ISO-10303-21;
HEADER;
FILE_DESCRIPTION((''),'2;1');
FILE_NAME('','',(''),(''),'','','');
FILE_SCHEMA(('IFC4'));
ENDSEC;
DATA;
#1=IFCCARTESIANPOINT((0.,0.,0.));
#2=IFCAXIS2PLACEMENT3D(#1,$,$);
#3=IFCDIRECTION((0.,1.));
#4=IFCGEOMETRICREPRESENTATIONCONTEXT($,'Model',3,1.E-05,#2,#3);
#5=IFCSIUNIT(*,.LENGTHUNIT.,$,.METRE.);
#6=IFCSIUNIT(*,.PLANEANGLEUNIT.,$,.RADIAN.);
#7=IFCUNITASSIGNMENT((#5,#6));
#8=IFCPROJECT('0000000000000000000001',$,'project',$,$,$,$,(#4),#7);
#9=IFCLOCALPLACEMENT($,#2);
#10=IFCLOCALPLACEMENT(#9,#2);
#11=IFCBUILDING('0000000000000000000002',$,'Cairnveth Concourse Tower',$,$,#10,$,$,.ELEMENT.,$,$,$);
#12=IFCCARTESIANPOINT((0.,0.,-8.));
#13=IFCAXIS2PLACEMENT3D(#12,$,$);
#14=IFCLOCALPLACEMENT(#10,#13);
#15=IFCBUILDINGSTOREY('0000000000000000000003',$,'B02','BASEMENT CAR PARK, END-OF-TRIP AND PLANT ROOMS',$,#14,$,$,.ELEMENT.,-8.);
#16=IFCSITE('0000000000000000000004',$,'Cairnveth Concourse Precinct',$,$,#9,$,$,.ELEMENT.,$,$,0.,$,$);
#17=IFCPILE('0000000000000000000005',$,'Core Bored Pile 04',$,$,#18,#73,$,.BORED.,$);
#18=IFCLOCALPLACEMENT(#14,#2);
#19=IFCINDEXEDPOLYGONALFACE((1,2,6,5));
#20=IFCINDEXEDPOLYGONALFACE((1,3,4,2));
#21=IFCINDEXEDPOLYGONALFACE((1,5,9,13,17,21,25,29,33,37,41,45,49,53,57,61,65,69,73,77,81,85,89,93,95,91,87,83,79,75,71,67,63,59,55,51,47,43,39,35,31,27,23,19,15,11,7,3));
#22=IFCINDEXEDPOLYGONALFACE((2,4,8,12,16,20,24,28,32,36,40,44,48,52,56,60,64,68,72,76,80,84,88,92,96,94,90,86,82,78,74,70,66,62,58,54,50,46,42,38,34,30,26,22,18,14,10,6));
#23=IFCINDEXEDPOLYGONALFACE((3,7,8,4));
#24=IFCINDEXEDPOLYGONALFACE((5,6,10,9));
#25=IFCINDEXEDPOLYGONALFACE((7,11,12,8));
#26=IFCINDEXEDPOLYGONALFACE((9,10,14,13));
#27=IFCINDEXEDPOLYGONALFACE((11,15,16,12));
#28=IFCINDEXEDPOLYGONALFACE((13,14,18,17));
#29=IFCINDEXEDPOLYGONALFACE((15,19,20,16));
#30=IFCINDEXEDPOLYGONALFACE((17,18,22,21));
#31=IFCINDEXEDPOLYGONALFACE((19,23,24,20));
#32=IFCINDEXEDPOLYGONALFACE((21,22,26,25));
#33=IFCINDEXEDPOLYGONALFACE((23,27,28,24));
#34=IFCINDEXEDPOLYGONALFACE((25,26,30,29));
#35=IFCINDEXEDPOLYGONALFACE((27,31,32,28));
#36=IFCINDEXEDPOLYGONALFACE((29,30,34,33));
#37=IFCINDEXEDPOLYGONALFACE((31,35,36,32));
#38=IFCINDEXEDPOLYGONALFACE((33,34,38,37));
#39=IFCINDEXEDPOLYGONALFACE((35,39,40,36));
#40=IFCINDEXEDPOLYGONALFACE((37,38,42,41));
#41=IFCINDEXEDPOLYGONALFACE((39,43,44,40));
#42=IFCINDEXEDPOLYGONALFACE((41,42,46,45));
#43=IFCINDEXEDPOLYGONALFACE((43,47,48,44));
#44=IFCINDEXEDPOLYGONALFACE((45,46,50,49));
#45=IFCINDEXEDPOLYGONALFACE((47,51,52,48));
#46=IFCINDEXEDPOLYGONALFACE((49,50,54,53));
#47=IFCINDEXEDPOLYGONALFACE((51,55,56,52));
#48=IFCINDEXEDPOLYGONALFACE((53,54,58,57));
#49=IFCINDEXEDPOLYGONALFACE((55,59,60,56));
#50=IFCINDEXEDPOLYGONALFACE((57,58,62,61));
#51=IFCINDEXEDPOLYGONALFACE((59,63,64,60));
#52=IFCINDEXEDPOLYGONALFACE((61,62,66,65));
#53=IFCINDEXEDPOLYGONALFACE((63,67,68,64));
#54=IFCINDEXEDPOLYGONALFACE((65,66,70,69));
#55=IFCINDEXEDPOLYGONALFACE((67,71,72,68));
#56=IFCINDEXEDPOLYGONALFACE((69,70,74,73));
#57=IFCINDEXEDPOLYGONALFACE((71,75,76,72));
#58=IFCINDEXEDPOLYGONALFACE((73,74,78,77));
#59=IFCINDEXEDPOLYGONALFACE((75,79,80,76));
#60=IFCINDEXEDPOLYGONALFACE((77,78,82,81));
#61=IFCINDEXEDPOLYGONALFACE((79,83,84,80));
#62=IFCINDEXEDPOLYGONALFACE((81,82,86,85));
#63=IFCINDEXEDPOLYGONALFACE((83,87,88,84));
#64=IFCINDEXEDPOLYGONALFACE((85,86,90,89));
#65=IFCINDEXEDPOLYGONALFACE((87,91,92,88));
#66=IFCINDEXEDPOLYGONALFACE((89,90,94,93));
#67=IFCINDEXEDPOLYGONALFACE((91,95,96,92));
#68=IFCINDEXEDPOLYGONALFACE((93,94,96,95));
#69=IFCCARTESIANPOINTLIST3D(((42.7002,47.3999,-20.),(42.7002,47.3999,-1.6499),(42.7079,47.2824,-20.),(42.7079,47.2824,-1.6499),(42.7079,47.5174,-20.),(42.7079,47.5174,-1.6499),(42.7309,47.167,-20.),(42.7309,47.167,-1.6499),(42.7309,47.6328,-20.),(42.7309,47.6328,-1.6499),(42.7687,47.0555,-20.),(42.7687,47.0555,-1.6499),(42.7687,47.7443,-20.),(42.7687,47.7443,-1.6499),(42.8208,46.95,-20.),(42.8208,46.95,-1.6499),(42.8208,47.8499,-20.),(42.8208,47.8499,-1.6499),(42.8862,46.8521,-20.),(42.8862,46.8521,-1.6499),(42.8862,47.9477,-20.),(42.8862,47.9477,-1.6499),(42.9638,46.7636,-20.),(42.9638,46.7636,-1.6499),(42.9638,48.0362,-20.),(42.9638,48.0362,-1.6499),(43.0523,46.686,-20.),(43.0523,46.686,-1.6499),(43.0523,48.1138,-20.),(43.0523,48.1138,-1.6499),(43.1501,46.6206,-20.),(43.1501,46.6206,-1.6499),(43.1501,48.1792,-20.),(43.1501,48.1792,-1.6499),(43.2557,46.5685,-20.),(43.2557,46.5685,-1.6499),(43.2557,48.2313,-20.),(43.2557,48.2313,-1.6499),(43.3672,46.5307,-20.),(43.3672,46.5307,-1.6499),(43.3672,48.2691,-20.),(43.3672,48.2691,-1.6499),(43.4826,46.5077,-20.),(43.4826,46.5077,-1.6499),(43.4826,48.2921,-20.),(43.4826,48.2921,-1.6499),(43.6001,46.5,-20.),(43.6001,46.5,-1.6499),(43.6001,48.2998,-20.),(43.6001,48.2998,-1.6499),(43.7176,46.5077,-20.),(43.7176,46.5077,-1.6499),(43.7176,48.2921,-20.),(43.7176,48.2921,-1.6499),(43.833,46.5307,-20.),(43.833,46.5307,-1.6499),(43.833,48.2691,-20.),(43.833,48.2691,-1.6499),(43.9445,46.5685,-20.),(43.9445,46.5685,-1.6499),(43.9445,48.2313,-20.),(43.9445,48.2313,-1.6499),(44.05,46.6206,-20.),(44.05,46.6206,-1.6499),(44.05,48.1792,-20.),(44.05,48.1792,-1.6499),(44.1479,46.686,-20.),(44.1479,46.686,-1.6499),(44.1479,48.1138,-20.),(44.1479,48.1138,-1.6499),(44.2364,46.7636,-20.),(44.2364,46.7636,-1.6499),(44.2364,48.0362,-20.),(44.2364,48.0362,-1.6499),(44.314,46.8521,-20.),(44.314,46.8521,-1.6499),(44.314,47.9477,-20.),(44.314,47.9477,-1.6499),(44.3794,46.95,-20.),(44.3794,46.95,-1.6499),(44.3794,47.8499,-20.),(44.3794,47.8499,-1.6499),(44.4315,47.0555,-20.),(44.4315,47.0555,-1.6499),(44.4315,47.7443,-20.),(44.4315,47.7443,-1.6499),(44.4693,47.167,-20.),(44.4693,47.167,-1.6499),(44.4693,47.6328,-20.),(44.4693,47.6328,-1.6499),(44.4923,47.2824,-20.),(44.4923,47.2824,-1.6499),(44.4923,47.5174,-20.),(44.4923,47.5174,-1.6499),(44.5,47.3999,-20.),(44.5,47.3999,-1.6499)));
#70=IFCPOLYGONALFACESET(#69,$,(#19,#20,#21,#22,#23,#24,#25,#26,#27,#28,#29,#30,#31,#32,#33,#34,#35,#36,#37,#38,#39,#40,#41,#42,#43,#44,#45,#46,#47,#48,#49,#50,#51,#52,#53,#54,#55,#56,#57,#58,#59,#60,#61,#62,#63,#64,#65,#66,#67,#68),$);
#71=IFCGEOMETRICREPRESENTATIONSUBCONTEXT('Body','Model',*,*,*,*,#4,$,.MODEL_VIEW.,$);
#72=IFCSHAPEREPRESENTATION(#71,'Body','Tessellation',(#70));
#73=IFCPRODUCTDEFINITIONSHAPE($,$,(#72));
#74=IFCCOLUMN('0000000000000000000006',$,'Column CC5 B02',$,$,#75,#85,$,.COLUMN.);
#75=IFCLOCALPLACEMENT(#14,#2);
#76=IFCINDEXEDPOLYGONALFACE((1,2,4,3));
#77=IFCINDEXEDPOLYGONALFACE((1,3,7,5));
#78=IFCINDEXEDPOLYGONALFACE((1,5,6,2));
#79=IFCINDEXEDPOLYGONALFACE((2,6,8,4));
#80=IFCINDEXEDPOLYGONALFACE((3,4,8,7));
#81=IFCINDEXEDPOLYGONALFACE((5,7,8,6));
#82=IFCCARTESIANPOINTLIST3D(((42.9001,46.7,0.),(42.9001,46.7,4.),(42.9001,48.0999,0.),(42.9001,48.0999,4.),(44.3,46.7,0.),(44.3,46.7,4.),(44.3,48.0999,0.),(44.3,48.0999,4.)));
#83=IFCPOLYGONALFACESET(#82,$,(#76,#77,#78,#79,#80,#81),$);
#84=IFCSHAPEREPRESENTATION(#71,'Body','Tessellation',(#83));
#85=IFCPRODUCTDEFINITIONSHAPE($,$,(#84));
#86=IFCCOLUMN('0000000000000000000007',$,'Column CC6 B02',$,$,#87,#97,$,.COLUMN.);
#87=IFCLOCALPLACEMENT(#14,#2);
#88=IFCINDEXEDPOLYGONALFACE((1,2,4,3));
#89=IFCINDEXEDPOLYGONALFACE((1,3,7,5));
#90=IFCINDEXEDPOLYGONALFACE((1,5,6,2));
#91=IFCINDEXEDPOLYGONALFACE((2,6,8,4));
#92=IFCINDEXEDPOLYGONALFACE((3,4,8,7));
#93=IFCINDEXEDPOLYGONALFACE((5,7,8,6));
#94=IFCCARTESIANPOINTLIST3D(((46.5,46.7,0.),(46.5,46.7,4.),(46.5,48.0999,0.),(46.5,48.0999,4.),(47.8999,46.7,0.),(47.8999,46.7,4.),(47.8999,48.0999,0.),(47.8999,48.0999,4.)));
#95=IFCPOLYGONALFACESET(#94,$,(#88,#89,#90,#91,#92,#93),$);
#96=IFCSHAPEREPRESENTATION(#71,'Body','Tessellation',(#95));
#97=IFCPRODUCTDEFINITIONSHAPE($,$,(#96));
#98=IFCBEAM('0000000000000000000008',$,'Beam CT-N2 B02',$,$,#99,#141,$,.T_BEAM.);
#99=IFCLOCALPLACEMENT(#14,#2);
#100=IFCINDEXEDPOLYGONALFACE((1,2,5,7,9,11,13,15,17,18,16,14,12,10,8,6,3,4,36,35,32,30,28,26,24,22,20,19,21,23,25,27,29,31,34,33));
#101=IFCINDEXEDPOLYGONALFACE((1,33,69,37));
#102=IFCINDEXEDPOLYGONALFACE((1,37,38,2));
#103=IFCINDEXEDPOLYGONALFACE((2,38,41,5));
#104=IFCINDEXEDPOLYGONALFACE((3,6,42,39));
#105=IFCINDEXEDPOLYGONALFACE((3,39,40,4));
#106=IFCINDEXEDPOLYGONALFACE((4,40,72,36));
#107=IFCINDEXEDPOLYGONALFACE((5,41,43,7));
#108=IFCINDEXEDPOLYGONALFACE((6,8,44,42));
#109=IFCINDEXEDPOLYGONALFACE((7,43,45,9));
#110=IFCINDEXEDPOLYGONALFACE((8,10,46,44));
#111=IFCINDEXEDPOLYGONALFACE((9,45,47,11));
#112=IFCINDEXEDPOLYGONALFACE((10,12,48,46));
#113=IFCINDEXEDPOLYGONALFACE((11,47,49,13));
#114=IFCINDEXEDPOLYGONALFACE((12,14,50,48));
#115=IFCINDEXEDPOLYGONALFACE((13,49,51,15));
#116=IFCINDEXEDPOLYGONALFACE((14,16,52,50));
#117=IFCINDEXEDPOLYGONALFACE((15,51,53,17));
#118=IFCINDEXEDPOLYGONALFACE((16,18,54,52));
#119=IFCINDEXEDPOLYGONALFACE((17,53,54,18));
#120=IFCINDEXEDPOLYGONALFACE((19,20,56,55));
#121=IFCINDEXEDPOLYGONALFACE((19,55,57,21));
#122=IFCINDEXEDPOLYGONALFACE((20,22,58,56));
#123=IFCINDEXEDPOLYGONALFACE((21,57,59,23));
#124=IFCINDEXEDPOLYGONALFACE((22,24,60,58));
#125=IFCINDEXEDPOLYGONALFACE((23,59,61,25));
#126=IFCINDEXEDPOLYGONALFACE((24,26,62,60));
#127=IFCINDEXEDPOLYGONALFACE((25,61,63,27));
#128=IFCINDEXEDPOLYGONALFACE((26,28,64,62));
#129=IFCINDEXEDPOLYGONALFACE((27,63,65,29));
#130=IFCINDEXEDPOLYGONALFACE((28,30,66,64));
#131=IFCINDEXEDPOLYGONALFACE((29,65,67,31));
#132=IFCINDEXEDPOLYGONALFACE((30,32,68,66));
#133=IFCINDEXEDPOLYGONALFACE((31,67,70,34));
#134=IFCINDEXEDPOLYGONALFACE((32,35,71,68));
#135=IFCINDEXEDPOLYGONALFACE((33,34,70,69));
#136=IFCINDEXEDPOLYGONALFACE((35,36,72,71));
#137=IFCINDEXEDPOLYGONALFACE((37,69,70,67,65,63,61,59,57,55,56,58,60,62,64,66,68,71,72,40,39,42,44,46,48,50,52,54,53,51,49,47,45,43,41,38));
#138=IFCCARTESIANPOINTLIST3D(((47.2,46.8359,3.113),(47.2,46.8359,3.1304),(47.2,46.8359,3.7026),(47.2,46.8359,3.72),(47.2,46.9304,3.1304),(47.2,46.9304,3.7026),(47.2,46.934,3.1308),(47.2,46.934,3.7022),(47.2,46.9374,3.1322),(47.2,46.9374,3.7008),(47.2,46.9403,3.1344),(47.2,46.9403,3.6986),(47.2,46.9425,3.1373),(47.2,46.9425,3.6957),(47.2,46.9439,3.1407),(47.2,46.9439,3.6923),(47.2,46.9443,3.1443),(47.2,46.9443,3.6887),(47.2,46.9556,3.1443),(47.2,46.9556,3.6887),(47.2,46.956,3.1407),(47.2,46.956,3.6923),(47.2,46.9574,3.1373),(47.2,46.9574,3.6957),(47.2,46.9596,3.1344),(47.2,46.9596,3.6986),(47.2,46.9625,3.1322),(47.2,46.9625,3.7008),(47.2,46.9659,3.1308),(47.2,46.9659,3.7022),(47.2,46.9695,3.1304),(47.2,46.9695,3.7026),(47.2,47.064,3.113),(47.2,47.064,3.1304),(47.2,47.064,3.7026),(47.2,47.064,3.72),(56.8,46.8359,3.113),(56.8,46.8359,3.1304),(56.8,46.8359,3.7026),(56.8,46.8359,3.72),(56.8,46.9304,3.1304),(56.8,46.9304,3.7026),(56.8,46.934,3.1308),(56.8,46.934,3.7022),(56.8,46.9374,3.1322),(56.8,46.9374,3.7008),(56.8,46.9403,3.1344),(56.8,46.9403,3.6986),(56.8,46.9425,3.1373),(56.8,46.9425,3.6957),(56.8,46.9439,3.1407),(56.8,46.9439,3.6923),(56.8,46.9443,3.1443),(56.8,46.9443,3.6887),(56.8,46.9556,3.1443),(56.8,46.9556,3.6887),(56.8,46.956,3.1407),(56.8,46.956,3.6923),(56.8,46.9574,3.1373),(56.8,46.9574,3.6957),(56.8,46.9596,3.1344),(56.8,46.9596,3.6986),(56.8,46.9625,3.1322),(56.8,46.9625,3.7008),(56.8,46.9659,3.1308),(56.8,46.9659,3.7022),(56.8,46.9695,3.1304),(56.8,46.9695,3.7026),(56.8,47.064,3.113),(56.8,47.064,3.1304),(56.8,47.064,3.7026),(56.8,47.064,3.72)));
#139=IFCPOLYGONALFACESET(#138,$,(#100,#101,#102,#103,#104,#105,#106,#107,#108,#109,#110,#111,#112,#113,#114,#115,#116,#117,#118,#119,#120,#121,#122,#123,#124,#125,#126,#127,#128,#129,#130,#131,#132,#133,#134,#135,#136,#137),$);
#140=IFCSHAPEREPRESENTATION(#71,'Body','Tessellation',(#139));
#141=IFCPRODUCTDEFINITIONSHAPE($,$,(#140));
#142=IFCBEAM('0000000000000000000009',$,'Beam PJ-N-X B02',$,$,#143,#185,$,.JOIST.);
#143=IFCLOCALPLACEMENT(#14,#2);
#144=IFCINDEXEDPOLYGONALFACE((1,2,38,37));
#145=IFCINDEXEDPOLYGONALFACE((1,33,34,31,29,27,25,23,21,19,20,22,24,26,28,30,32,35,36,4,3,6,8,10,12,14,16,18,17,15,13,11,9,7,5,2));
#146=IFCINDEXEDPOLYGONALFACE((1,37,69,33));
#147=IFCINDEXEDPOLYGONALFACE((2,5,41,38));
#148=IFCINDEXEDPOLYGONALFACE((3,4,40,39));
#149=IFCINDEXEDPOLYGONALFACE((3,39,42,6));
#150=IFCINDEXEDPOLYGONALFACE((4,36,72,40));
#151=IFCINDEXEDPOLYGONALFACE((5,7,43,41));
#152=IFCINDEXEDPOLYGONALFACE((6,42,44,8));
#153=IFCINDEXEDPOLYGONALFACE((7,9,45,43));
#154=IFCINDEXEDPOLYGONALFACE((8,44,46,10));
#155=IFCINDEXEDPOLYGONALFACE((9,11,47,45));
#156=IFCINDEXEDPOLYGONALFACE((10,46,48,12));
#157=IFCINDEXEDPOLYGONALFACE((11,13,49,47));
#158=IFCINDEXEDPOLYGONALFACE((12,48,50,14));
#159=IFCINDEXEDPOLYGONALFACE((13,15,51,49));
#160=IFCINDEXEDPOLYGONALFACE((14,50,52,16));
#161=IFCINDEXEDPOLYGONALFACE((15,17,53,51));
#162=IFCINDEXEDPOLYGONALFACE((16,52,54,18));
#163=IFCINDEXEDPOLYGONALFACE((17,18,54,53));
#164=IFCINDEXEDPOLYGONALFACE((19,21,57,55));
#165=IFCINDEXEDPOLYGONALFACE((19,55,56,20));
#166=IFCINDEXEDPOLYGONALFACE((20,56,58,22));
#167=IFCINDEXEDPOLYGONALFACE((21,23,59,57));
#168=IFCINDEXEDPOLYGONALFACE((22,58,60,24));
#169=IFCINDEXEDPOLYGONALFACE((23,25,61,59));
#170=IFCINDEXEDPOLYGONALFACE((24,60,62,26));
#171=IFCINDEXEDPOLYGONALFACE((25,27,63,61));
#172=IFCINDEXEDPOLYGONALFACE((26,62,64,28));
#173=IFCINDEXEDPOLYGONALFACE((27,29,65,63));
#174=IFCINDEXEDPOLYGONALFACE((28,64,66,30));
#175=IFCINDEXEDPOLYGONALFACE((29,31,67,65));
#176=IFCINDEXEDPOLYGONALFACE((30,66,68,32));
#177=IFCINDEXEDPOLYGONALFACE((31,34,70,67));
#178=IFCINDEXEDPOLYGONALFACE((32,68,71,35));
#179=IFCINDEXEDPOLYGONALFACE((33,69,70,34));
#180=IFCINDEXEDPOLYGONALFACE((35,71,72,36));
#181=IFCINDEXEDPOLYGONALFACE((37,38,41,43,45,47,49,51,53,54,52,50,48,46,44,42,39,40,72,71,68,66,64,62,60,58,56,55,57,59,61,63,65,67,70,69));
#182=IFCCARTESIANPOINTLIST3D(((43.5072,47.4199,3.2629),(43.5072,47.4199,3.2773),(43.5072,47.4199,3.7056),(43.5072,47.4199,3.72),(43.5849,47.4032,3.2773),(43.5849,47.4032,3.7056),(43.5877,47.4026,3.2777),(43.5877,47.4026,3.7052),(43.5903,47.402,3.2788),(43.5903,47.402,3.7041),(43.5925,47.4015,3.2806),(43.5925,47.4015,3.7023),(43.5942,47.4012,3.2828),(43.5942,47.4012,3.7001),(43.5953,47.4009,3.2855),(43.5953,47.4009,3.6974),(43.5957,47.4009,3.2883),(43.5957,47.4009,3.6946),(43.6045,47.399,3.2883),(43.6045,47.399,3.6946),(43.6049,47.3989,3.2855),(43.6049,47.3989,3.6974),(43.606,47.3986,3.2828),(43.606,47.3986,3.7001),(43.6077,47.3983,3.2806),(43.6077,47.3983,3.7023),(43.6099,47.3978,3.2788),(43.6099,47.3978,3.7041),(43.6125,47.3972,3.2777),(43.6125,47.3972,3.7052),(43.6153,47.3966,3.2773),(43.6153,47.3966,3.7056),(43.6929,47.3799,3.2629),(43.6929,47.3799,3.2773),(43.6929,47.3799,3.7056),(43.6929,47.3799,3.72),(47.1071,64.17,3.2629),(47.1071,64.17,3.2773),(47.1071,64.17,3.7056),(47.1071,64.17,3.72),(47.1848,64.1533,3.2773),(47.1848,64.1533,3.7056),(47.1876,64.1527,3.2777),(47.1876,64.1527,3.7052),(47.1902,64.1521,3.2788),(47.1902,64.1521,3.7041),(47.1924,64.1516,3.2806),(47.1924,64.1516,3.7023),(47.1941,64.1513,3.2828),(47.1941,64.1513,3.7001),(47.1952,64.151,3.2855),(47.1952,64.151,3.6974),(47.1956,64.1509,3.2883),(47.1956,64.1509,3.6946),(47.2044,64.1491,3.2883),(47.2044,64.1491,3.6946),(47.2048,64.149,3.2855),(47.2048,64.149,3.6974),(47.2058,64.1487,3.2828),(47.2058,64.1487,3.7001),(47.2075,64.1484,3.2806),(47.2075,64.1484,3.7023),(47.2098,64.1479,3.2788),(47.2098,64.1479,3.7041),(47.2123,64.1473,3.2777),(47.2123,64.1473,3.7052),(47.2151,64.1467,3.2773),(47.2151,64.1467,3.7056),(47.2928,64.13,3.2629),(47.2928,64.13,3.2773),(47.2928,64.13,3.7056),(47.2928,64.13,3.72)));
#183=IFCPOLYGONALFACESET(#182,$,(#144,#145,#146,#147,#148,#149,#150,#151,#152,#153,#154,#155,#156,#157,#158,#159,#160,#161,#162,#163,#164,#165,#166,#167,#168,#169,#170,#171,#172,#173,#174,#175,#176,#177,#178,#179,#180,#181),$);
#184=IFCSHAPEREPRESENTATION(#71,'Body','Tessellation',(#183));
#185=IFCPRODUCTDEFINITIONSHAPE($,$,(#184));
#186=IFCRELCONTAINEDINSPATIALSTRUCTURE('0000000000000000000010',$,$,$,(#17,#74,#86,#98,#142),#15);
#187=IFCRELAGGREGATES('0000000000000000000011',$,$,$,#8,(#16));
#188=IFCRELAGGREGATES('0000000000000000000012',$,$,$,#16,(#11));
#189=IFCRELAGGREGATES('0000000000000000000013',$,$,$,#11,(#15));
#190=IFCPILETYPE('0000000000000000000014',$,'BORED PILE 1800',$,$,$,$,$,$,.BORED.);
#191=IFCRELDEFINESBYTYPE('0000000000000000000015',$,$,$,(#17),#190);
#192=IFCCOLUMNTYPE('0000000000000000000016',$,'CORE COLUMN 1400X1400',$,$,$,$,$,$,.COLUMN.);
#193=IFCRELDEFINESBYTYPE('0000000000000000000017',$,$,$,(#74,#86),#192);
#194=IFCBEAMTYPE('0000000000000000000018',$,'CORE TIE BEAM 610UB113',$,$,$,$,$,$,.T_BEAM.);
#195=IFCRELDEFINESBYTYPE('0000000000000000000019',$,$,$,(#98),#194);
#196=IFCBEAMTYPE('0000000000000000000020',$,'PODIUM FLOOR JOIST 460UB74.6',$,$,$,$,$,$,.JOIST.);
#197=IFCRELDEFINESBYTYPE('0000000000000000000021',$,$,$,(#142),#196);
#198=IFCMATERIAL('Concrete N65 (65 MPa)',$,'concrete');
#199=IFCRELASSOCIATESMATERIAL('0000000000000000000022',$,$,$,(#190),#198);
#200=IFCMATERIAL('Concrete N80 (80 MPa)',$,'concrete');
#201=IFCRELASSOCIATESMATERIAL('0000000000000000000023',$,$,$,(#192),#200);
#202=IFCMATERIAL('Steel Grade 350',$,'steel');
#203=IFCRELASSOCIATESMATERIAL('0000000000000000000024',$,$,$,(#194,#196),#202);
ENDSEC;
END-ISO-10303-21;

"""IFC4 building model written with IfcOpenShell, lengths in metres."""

from ifc_helpers import new_model, si_unit, direction, frame, origin, origin_2d, place, context, subcontext, project, spatial, rectangle, circle, i_section, extrude, material, material_profile, profile_set, type_object, element, save


model = new_model("IFC4")

# Units and contexts
model_context = context("Model", 3, precision=1e-05, world=origin(), true_north=direction((0.0, 1.0)))
body_context = subcontext(model_context, "Body", "Model", "MODEL_VIEW")
ifc_project = project(units=[si_unit("LENGTHUNIT", "METRE"), si_unit("PLANEANGLEUNIT", "RADIAN")], contexts=[model_context])

# Site, building, storey
site_placement = place(None, origin())
site = spatial("IfcSite", under=ifc_project, at=site_placement, Name="Cairnveth Concourse Precinct", CompositionType="ELEMENT", RefElevation=0.0)
building_placement = place(site_placement, origin())
building = spatial("IfcBuilding", under=site, at=building_placement, Name="Cairnveth Concourse Tower", CompositionType="ELEMENT")
storey_placement = place(building_placement, frame((0.0, 0.0, -8.0)))
storey = spatial("IfcBuildingStorey", under=building, at=storey_placement, Name="B02", Description="BASEMENT CAR PARK, END-OF-TRIP AND PLANT ROOMS", CompositionType="ELEMENT", Elevation=-8.0)

# Pile
ifc_material_1 = material(Name="Concrete N65 (65 MPa)", Category="concrete")
ifc_material_profile_1 = material_profile(ifc_material_1, circle(Radius=0.8999, at=origin_2d()), Name="PILE-1800")
ifc_profile_set_1 = profile_set([ifc_material_profile_1], Name="Concrete N65 (65 MPa)")
pile_type = type_object("IfcPileType", Name="BORED PILE 1800", PredefinedType="BORED", material=ifc_profile_set_1)
pile_placement = place(storey_placement, frame((43.6001, 47.3999, -1.6499), z_axis=(0.0, 0.0, -1.0), x_axis=(1.0, 0.0, 0.0)))
element("IfcPile", 1, at=pile_placement, inside=storey, type_object=pile_type, Name="Core Bored Pile 04", PredefinedType="BORED", context=body_context, shape_type="SweptSolid", body=[
    extrude(circle(Radius=0.8999, at=origin_2d()), origin(), (0.0, 0.0, 1.0), 18.3501),
])

# Columns
ifc_material_2 = material(Name="Concrete N80 (80 MPa)", Category="concrete")
ifc_material_profile_2 = material_profile(ifc_material_2, rectangle(XDim=1.3999, YDim=1.3999, at=origin_2d()), Name="RC-COL-1400x1400")
ifc_profile_set_2 = profile_set([ifc_material_profile_2], Name="Concrete N80 (80 MPa)")
column_type = type_object("IfcColumnType", Name="CORE COLUMN 1400X1400", PredefinedType="COLUMN", material=ifc_profile_set_2)
for number, where, z_axis, x_axis, name in (
    (2, (43.6001, 47.3999, 0.0), (0.0, 0.0, 1.0), (1.0, 0.0, 0.0), "Column CC5 B02"),
    (3, (47.2, 47.3999, 0.0), (0.0, 0.0, 1.0), (1.0, 0.0, 0.0), "Column CC6 B02"),
):
    element("IfcColumn", number, at=place(storey_placement, frame(where, z_axis=z_axis, x_axis=x_axis)), inside=storey, type_object=column_type, Name=name, PredefinedType="COLUMN", context=body_context, shape_type="SweptSolid", body=[
        extrude(rectangle(XDim=1.3999, YDim=1.3999, at=origin_2d()), origin(), (0.0, 0.0, 1.0), 4.0),
    ])

# Beams
ifc_material_3 = material(Name="Steel Grade 350", Category="steel")
ifc_material_profile_3 = material_profile(ifc_material_3, i_section(OverallWidth=0.228, OverallDepth=0.6069, WebThickness=0.0112, FlangeThickness=0.0173, FilletRadius=0.0139, at=origin_2d()), Name="610UB113")
ifc_profile_set_3 = profile_set([ifc_material_profile_3], Name="Steel Grade 350")
beam_type_1 = type_object("IfcBeamType", Name="CORE TIE BEAM 610UB113", PredefinedType="T_BEAM", material=ifc_profile_set_3)
beam_1_placement = place(storey_placement, frame((47.2, 46.95, 3.4165), z_axis=(1.0, 0.0, 0.0), x_axis=(0.0, 1.0, 0.0)))
element("IfcBeam", 4, at=beam_1_placement, inside=storey, type_object=beam_type_1, Name="Beam CT-N2 B02", PredefinedType="T_BEAM", context=body_context, shape_type="SweptSolid", body=[
    extrude(i_section(OverallWidth=0.228, OverallDepth=0.6069, WebThickness=0.0112, FlangeThickness=0.0173, FilletRadius=0.0139, at=origin_2d()), origin(), (0.0, 0.0, 1.0), 9.6001),
])
ifc_material_profile_4 = material_profile(ifc_material_3, i_section(OverallWidth=0.1899, OverallDepth=0.457, WebThickness=0.009, FlangeThickness=0.0144, FilletRadius=0.011, at=origin_2d()), Name="460UB74.6")
ifc_profile_set_4 = profile_set([ifc_material_profile_4], Name="Steel Grade 350")
beam_type_2 = type_object("IfcBeamType", Name="PODIUM FLOOR JOIST 460UB74.6", PredefinedType="JOIST", material=ifc_profile_set_4)
beam_2_placement = place(storey_placement, frame((43.6001, 47.3999, 3.4915), z_axis=(0.210119, 0.977676, 0.0), x_axis=(-0.977676, 0.210119, 0.0)))
element("IfcBeam", 5, at=beam_2_placement, inside=storey, type_object=beam_type_2, Name="Beam PJ-N-X B02", PredefinedType="JOIST", context=body_context, shape_type="SweptSolid", body=[
    extrude(i_section(OverallWidth=0.1899, OverallDepth=0.457, WebThickness=0.009, FlangeThickness=0.0144, FilletRadius=0.011, at=origin_2d()), origin(), (0.0, 0.0, 1.0), 17.1326),
])

save(model, "model.ifc")
